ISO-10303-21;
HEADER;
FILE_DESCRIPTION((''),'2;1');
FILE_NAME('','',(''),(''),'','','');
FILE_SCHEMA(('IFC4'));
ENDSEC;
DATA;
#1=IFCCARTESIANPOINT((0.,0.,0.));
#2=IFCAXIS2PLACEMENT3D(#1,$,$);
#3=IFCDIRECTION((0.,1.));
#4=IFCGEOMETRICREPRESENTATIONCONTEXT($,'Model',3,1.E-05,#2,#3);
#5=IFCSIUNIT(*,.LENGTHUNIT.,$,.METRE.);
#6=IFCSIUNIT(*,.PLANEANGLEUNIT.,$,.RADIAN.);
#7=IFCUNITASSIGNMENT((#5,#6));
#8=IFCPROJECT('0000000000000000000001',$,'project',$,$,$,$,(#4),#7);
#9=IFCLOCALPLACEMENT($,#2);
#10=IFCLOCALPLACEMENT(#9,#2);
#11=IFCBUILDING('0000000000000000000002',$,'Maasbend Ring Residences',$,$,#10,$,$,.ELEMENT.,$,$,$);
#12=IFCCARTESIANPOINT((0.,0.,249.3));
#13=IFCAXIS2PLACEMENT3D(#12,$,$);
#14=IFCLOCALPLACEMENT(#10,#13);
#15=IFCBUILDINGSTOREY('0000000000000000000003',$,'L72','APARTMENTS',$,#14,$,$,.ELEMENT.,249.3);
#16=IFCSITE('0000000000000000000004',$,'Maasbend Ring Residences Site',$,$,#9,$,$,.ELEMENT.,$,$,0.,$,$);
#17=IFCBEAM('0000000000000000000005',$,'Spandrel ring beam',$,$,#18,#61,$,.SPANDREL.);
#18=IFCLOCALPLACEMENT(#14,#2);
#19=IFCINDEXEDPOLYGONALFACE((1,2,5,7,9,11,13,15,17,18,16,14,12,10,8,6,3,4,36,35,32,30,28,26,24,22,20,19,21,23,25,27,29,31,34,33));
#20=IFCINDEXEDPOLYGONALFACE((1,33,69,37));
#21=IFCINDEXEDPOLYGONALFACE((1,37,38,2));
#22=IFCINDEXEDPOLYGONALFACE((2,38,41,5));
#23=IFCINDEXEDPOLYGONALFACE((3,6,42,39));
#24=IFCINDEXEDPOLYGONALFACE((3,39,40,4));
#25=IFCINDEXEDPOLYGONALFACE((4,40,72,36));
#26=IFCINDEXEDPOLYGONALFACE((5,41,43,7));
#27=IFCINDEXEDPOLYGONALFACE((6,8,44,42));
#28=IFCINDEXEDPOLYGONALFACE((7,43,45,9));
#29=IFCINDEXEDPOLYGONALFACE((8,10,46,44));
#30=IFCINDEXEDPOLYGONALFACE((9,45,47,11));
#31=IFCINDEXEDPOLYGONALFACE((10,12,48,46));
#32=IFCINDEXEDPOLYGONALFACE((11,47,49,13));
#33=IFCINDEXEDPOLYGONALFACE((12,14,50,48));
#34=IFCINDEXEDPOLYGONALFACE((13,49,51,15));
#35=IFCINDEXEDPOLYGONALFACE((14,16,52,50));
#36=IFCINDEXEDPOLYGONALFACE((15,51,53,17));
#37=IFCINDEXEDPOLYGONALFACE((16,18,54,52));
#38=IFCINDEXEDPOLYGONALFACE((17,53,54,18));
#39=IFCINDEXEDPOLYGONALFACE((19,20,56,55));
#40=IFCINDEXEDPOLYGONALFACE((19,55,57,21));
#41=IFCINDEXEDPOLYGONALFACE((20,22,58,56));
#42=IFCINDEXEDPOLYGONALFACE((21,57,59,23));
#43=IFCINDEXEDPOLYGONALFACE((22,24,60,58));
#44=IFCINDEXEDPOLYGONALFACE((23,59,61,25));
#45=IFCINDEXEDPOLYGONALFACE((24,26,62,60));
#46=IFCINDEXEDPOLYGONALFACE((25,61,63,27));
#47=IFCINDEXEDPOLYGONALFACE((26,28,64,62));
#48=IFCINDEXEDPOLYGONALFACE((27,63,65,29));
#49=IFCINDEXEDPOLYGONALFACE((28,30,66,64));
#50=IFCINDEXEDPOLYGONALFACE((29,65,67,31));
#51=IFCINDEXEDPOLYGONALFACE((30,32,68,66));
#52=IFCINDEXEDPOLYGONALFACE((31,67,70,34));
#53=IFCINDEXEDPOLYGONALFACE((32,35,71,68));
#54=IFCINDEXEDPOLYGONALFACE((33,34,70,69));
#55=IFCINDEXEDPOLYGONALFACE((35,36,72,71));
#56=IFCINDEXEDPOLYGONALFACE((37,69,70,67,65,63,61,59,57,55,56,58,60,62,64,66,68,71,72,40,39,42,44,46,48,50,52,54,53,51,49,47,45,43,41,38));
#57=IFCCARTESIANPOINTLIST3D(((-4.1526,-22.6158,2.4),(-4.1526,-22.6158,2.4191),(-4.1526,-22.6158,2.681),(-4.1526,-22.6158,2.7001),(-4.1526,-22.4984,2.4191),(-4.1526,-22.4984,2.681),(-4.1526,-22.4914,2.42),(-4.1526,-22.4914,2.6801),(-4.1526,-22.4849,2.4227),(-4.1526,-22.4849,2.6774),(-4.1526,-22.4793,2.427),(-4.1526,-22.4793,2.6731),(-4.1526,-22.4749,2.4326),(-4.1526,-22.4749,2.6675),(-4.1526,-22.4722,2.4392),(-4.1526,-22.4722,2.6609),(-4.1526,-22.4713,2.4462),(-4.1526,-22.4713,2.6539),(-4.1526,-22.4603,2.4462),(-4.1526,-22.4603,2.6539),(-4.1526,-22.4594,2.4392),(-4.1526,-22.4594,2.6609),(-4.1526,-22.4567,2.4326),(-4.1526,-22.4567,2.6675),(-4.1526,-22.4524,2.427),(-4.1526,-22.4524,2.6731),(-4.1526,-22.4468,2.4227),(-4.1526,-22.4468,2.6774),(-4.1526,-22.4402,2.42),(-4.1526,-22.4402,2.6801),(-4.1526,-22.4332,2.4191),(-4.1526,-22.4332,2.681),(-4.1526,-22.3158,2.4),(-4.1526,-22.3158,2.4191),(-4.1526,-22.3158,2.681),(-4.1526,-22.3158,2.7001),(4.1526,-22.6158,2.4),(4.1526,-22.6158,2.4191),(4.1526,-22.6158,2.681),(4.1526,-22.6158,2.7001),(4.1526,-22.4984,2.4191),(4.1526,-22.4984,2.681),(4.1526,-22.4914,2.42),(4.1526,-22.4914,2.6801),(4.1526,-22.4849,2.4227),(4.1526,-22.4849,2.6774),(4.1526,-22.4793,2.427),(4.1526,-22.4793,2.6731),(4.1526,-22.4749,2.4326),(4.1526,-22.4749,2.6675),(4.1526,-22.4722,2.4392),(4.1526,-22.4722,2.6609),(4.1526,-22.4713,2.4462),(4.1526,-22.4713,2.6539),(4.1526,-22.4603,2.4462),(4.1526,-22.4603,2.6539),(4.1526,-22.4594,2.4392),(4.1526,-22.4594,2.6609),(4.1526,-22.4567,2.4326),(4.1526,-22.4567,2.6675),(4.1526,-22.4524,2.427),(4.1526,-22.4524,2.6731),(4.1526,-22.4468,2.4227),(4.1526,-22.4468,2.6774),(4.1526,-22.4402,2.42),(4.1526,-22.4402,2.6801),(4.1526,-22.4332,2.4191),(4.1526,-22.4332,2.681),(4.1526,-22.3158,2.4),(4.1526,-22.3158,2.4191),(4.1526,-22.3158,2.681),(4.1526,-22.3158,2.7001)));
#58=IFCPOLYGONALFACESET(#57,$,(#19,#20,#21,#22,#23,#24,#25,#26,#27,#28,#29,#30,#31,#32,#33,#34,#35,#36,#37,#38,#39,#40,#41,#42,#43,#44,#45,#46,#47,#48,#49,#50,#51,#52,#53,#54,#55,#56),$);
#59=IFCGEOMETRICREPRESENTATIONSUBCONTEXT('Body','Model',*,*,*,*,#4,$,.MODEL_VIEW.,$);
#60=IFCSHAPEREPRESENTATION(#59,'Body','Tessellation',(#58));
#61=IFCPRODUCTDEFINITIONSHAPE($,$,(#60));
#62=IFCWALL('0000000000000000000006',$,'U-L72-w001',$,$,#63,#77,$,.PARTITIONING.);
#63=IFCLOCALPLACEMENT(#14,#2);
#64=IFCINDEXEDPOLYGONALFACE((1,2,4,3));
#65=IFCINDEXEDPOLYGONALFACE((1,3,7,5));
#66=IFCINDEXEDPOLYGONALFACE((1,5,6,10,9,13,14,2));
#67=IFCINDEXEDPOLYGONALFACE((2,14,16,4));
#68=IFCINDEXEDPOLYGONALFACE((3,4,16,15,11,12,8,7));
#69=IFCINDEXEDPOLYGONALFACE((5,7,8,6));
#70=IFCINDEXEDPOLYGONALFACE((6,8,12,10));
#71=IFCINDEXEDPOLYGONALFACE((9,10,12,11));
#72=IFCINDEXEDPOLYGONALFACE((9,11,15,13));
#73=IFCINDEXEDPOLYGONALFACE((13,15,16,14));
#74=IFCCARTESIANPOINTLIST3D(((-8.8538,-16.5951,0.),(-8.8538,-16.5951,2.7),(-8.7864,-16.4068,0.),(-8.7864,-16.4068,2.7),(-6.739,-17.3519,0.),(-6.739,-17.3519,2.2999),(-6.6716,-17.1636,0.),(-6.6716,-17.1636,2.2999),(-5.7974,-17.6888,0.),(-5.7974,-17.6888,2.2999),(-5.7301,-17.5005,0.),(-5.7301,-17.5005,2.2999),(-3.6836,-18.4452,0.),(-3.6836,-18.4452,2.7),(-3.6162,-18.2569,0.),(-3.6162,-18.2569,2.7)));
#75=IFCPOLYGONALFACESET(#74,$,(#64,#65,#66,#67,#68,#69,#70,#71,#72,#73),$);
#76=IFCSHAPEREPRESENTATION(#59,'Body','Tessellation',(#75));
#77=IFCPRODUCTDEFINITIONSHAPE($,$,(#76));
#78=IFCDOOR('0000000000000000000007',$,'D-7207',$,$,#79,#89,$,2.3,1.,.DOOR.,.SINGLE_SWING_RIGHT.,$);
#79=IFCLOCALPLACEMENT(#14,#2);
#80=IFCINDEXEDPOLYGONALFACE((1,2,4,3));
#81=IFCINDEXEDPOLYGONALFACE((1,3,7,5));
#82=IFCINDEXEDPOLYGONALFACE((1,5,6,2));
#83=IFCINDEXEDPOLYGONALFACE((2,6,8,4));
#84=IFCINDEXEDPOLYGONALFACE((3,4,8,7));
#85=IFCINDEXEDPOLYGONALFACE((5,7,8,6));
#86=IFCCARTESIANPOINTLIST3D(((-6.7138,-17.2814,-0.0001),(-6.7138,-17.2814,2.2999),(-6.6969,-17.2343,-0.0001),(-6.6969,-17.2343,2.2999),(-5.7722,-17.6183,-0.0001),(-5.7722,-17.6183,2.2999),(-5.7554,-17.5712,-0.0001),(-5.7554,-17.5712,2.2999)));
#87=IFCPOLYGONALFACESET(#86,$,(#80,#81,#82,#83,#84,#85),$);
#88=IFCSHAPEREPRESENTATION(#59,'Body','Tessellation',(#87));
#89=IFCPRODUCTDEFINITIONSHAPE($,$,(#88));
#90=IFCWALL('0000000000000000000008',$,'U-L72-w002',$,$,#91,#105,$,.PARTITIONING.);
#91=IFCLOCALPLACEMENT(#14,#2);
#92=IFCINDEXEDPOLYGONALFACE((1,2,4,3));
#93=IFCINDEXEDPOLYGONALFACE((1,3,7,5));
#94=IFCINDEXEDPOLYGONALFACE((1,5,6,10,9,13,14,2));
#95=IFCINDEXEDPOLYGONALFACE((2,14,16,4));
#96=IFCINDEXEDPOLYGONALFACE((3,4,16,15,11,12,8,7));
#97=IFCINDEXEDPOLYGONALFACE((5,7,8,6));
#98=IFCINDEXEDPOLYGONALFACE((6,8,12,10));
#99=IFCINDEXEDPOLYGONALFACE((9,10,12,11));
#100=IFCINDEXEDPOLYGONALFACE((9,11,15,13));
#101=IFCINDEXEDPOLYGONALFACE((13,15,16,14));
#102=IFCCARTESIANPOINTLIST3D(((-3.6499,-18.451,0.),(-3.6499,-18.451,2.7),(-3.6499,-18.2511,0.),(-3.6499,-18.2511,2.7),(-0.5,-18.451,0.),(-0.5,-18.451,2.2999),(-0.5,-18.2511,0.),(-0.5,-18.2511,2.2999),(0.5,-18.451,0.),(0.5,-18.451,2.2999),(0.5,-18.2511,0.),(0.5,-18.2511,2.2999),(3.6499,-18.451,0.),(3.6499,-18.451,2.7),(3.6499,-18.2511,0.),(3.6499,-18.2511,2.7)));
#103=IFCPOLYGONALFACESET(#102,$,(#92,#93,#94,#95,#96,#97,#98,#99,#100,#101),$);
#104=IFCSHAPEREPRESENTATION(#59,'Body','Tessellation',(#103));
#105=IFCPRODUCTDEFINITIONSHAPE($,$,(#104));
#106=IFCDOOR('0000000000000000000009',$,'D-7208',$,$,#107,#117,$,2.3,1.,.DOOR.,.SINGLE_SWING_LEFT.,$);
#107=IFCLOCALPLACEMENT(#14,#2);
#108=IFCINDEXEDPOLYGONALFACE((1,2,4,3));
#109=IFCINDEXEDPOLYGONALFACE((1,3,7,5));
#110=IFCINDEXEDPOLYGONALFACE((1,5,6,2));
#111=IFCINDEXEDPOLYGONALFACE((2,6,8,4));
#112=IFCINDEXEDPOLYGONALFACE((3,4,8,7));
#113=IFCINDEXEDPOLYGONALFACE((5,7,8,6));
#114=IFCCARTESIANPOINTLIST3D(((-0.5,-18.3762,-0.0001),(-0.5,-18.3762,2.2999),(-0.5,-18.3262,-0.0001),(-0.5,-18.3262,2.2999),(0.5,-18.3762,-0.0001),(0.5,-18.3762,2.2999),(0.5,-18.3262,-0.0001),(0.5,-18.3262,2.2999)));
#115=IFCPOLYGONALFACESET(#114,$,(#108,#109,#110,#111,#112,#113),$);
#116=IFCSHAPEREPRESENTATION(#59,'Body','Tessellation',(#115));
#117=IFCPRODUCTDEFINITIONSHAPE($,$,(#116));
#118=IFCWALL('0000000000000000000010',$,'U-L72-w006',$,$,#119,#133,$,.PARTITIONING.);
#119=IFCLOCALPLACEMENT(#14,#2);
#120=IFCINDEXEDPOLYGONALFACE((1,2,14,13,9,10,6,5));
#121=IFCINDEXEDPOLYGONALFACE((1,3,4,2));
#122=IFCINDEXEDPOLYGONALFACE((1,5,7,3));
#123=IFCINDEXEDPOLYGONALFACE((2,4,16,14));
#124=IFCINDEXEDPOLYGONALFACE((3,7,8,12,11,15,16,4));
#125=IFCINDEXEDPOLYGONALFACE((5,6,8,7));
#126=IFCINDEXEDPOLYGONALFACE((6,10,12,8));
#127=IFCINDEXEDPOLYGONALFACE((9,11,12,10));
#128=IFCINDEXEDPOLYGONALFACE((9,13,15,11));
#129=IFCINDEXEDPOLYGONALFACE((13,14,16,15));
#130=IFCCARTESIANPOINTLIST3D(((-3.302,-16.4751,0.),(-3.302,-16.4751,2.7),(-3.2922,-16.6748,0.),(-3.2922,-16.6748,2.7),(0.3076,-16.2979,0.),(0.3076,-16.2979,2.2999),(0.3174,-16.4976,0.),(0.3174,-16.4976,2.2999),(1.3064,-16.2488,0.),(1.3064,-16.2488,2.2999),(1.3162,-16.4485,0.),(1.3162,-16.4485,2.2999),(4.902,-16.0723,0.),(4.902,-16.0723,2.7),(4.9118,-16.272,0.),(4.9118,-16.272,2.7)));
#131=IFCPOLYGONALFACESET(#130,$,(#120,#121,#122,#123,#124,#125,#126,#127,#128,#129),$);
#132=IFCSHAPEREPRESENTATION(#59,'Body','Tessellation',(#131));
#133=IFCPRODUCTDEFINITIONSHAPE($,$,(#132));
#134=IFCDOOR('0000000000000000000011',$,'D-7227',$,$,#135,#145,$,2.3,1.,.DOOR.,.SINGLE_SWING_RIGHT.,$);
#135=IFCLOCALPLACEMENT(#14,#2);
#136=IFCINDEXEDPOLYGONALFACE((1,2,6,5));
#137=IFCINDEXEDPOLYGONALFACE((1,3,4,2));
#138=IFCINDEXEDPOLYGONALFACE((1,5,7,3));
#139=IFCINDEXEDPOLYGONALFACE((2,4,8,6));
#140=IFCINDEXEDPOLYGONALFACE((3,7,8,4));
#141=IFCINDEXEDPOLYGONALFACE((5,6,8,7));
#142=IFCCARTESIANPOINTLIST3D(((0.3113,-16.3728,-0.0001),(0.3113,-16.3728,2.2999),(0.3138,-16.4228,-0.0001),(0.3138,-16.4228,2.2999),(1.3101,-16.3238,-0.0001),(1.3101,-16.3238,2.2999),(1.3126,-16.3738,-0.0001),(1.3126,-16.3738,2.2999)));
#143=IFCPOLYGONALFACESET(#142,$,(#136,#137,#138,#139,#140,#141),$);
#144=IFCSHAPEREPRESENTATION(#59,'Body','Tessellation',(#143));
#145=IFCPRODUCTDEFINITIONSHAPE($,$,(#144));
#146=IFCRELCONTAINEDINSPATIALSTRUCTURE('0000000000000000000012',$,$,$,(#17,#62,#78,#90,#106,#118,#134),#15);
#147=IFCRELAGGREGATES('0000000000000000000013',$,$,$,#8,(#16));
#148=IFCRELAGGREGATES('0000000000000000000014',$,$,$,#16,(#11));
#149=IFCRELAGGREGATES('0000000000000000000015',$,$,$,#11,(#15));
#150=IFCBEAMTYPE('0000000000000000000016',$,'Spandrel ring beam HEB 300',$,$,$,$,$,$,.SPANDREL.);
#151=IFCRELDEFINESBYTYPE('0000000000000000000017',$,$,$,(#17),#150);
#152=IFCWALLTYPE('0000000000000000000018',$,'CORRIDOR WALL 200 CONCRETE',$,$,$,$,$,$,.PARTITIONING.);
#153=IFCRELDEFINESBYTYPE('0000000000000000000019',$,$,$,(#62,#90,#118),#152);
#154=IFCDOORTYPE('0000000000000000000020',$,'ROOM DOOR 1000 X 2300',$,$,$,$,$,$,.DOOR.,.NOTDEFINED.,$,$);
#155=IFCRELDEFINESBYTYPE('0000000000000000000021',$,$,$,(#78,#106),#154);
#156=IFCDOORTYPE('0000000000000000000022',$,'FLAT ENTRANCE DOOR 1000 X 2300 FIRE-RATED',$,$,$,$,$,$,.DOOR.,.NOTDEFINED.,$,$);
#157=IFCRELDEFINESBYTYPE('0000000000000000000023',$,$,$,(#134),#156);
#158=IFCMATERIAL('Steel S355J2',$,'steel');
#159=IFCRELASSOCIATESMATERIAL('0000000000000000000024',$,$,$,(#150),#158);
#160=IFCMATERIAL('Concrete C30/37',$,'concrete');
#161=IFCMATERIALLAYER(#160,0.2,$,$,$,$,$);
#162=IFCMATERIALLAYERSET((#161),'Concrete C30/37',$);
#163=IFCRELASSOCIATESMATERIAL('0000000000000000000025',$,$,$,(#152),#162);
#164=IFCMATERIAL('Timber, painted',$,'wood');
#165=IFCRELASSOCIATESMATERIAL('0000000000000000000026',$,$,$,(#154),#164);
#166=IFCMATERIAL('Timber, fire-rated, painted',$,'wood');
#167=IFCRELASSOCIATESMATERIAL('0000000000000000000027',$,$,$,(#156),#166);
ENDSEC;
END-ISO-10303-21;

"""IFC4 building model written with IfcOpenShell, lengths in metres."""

from ifc_helpers import new_model, si_unit, direction, frame, frame_2d, origin, origin_2d, place, context, subcontext, project, spatial, rectangle, i_section, extrude, material, layer, layer_set, material_profile, profile_set, type_object, element, fill, save


model = new_model("IFC4")

# Units and contexts
model_context = context("Model", 3, precision=1e-05, world=origin(), true_north=direction((0.0, 1.0)))
body_context = subcontext(model_context, "Body", "Model", "MODEL_VIEW")
ifc_project = project(units=[si_unit("LENGTHUNIT", "METRE"), si_unit("PLANEANGLEUNIT", "RADIAN")], contexts=[model_context])

# Site, building, storey
site_placement = place(None, origin())
site = spatial("IfcSite", under=ifc_project, at=site_placement, Name="Maasbend Ring Residences Site", CompositionType="ELEMENT", RefElevation=0.0)
building_placement = place(site_placement, origin())
building = spatial("IfcBuilding", under=site, at=building_placement, Name="Maasbend Ring Residences", CompositionType="ELEMENT")
storey_placement = place(building_placement, frame((0.0, 0.0, 249.3)))
storey = spatial("IfcBuildingStorey", under=building, at=storey_placement, Name="L72", Description="APARTMENTS", CompositionType="ELEMENT", Elevation=249.3)

# Beam
ifc_material_1 = material(Name="Steel S355J2", Category="steel")
ifc_material_profile_1 = material_profile(ifc_material_1, i_section(OverallWidth=0.3, OverallDepth=0.3, WebThickness=0.011, FlangeThickness=0.019, FilletRadius=0.0271, at=origin_2d()), Name="HEB 300")
ifc_profile_set_1 = profile_set([ifc_material_profile_1], Name="Steel S355J2")
beam_type_1 = type_object("IfcBeamType", Name="Spandrel ring beam HEB 300", PredefinedType="SPANDREL", material=ifc_profile_set_1)
beam_1_placement = place(storey_placement, frame((-4.1526, -22.4658, 2.55), z_axis=(1.0, 0.0, 0.0), x_axis=(0.0, 1.0, 0.0)))
element("IfcBeam", 1, at=beam_1_placement, inside=storey, type_object=beam_type_1, Name="Spandrel ring beam", PredefinedType="SPANDREL", context=body_context, shape_type="SweptSolid", body=[
    extrude(i_section(OverallWidth=0.3, OverallDepth=0.3, WebThickness=0.011, FlangeThickness=0.019, FilletRadius=0.0271, at=origin_2d()), origin(), (0.0, 0.0, 1.0), 8.3052),
])

# Walls, openings, doors
ifc_material_2 = material(Name="Concrete C30/37", Category="concrete")
ifc_layer_1 = layer(ifc_material_2, 0.2)
ifc_layer_set_1 = layer_set([ifc_layer_1], Name="Concrete C30/37")
wall_type_1 = type_object("IfcWallType", Name="CORRIDOR WALL 200 CONCRETE", PredefinedType="PARTITIONING", material=ifc_layer_set_1)
wall_1_placement = place(storey_placement, frame((-8.8201, -16.501, 0.0), z_axis=(0.0, 0.0, 1.0), x_axis=(0.941534, -0.336919, 0.0)))
wall_1 = element("IfcWall", 2, at=wall_1_placement, inside=storey, type_object=wall_type_1, Name="U-L72-w001", PredefinedType="PARTITIONING", context=body_context, shape_type="SweptSolid", body=[
    extrude(rectangle(XDim=5.4912, YDim=0.2, at=frame_2d((2.7456, 0.0))), origin(), (0.0, 0.0, 1.0), 2.7),
])
opening_1_placement = place(wall_1_placement, frame((2.2461, 0.0, 0.0)))
opening_1 = element("IfcOpeningElement", 3, at=opening_1_placement, cuts=wall_1, PredefinedType="OPENING", context=body_context, shape_type="SweptSolid", body=[
    extrude(rectangle(XDim=1.0, YDim=2.3, at=frame_2d((0.5, 1.1499))), frame((0.0, 0.1099, 0.0), z_axis=(0.0, -1.0, 0.0), x_axis=(1.0, 0.0, 0.0)), (0.0, 0.0, 1.0), 0.22),
])
ifc_material_3 = material(Name="Timber, painted", Category="wood")
door_type_1 = type_object("IfcDoorType", Name="ROOM DOOR 1000 X 2300", OperationType="NOTDEFINED", PredefinedType="DOOR", material=ifc_material_3)
door_1_placement = place(opening_1_placement, origin())
door_1 = element("IfcDoor", 4, at=door_1_placement, inside=storey, type_object=door_type_1, Name="D-7207", OperationType="SINGLE_SWING_RIGHT", OverallHeight=2.3, OverallWidth=1.0, PredefinedType="DOOR", context=body_context, shape_type="SweptSolid", body=[
    extrude(rectangle(XDim=1.0, YDim=2.3, at=frame_2d((0.5, 1.1499))), frame((0.0, 0.0249, 0.0), z_axis=(0.0, -1.0, 0.0), x_axis=(1.0, 0.0, 0.0)), (0.0, 0.0, 1.0), 0.05),
])
fill(opening_1, door_1)
wall_2_placement = place(storey_placement, frame((-3.6499, -18.3511, 0.0), z_axis=(0.0, 0.0, 1.0), x_axis=(1.0, 0.0, 0.0)))
wall_2 = element("IfcWall", 5, at=wall_2_placement, inside=storey, type_object=wall_type_1, Name="U-L72-w002", PredefinedType="PARTITIONING", context=body_context, shape_type="SweptSolid", body=[
    extrude(rectangle(XDim=7.2998, YDim=0.2, at=frame_2d((3.6499, 0.0))), origin(), (0.0, 0.0, 1.0), 2.7),
])
opening_2_placement = place(wall_2_placement, frame((3.1499, 0.0, 0.0)))
opening_2 = element("IfcOpeningElement", 6, at=opening_2_placement, cuts=wall_2, PredefinedType="OPENING", context=body_context, shape_type="SweptSolid", body=[
    extrude(rectangle(XDim=1.0, YDim=2.3, at=frame_2d((0.5, 1.1499))), frame((0.0, 0.1099, 0.0), z_axis=(0.0, -1.0, 0.0), x_axis=(1.0, 0.0, 0.0)), (0.0, 0.0, 1.0), 0.22),
])
door_2_placement = place(opening_2_placement, origin())
door_2 = element("IfcDoor", 7, at=door_2_placement, inside=storey, type_object=door_type_1, Name="D-7208", OperationType="SINGLE_SWING_LEFT", OverallHeight=2.3, OverallWidth=1.0, PredefinedType="DOOR", context=body_context, shape_type="SweptSolid", body=[
    extrude(rectangle(XDim=1.0, YDim=2.3, at=frame_2d((0.5, 1.1499))), frame((0.0, 0.0249, 0.0), z_axis=(0.0, -1.0, 0.0), x_axis=(1.0, 0.0, 0.0)), (0.0, 0.0, 1.0), 0.05),
])
fill(opening_2, door_2)
wall_3_placement = place(storey_placement, frame((-3.2971, -16.575, 0.0), z_axis=(0.0, 0.0, 1.0), x_axis=(0.998797, 0.049042, 0.0)))
wall_3 = element("IfcWall", 8, at=wall_3_placement, inside=storey, type_object=wall_type_1, Name="U-L72-w006", PredefinedType="PARTITIONING", context=body_context, shape_type="SweptSolid", body=[
    extrude(rectangle(XDim=8.2139, YDim=0.2, at=frame_2d((4.1069, 0.0))), origin(), (0.0, 0.0, 1.0), 2.7),
])
opening_3_placement = place(wall_3_placement, frame((3.614, 0.0, 0.0)))
opening_3 = element("IfcOpeningElement", 9, at=opening_3_placement, cuts=wall_3, PredefinedType="OPENING", context=body_context, shape_type="SweptSolid", body=[
    extrude(rectangle(XDim=1.0, YDim=2.3, at=frame_2d((0.5, 1.1499))), frame((0.0, 0.1099, 0.0), z_axis=(0.0, -1.0, 0.0), x_axis=(1.0, 0.0, 0.0)), (0.0, 0.0, 1.0), 0.22),
])
ifc_material_4 = material(Name="Timber, fire-rated, painted", Category="wood")
door_type_2 = type_object("IfcDoorType", Name="FLAT ENTRANCE DOOR 1000 X 2300 FIRE-RATED", OperationType="NOTDEFINED", PredefinedType="DOOR", material=ifc_material_4)
door_3_placement = place(opening_3_placement, origin())
door_3 = element("IfcDoor", 10, at=door_3_placement, inside=storey, type_object=door_type_2, Name="D-7227", OperationType="SINGLE_SWING_RIGHT", OverallHeight=2.3, OverallWidth=1.0, PredefinedType="DOOR", context=body_context, shape_type="SweptSolid", body=[
    extrude(rectangle(XDim=1.0, YDim=2.3, at=frame_2d((0.5, 1.1499))), frame((0.0, 0.0249, 0.0), z_axis=(0.0, -1.0, 0.0), x_axis=(1.0, 0.0, 0.0)), (0.0, 0.0, 1.0), 0.05),
])
fill(opening_3, door_3)

save(model, "model.ifc")
